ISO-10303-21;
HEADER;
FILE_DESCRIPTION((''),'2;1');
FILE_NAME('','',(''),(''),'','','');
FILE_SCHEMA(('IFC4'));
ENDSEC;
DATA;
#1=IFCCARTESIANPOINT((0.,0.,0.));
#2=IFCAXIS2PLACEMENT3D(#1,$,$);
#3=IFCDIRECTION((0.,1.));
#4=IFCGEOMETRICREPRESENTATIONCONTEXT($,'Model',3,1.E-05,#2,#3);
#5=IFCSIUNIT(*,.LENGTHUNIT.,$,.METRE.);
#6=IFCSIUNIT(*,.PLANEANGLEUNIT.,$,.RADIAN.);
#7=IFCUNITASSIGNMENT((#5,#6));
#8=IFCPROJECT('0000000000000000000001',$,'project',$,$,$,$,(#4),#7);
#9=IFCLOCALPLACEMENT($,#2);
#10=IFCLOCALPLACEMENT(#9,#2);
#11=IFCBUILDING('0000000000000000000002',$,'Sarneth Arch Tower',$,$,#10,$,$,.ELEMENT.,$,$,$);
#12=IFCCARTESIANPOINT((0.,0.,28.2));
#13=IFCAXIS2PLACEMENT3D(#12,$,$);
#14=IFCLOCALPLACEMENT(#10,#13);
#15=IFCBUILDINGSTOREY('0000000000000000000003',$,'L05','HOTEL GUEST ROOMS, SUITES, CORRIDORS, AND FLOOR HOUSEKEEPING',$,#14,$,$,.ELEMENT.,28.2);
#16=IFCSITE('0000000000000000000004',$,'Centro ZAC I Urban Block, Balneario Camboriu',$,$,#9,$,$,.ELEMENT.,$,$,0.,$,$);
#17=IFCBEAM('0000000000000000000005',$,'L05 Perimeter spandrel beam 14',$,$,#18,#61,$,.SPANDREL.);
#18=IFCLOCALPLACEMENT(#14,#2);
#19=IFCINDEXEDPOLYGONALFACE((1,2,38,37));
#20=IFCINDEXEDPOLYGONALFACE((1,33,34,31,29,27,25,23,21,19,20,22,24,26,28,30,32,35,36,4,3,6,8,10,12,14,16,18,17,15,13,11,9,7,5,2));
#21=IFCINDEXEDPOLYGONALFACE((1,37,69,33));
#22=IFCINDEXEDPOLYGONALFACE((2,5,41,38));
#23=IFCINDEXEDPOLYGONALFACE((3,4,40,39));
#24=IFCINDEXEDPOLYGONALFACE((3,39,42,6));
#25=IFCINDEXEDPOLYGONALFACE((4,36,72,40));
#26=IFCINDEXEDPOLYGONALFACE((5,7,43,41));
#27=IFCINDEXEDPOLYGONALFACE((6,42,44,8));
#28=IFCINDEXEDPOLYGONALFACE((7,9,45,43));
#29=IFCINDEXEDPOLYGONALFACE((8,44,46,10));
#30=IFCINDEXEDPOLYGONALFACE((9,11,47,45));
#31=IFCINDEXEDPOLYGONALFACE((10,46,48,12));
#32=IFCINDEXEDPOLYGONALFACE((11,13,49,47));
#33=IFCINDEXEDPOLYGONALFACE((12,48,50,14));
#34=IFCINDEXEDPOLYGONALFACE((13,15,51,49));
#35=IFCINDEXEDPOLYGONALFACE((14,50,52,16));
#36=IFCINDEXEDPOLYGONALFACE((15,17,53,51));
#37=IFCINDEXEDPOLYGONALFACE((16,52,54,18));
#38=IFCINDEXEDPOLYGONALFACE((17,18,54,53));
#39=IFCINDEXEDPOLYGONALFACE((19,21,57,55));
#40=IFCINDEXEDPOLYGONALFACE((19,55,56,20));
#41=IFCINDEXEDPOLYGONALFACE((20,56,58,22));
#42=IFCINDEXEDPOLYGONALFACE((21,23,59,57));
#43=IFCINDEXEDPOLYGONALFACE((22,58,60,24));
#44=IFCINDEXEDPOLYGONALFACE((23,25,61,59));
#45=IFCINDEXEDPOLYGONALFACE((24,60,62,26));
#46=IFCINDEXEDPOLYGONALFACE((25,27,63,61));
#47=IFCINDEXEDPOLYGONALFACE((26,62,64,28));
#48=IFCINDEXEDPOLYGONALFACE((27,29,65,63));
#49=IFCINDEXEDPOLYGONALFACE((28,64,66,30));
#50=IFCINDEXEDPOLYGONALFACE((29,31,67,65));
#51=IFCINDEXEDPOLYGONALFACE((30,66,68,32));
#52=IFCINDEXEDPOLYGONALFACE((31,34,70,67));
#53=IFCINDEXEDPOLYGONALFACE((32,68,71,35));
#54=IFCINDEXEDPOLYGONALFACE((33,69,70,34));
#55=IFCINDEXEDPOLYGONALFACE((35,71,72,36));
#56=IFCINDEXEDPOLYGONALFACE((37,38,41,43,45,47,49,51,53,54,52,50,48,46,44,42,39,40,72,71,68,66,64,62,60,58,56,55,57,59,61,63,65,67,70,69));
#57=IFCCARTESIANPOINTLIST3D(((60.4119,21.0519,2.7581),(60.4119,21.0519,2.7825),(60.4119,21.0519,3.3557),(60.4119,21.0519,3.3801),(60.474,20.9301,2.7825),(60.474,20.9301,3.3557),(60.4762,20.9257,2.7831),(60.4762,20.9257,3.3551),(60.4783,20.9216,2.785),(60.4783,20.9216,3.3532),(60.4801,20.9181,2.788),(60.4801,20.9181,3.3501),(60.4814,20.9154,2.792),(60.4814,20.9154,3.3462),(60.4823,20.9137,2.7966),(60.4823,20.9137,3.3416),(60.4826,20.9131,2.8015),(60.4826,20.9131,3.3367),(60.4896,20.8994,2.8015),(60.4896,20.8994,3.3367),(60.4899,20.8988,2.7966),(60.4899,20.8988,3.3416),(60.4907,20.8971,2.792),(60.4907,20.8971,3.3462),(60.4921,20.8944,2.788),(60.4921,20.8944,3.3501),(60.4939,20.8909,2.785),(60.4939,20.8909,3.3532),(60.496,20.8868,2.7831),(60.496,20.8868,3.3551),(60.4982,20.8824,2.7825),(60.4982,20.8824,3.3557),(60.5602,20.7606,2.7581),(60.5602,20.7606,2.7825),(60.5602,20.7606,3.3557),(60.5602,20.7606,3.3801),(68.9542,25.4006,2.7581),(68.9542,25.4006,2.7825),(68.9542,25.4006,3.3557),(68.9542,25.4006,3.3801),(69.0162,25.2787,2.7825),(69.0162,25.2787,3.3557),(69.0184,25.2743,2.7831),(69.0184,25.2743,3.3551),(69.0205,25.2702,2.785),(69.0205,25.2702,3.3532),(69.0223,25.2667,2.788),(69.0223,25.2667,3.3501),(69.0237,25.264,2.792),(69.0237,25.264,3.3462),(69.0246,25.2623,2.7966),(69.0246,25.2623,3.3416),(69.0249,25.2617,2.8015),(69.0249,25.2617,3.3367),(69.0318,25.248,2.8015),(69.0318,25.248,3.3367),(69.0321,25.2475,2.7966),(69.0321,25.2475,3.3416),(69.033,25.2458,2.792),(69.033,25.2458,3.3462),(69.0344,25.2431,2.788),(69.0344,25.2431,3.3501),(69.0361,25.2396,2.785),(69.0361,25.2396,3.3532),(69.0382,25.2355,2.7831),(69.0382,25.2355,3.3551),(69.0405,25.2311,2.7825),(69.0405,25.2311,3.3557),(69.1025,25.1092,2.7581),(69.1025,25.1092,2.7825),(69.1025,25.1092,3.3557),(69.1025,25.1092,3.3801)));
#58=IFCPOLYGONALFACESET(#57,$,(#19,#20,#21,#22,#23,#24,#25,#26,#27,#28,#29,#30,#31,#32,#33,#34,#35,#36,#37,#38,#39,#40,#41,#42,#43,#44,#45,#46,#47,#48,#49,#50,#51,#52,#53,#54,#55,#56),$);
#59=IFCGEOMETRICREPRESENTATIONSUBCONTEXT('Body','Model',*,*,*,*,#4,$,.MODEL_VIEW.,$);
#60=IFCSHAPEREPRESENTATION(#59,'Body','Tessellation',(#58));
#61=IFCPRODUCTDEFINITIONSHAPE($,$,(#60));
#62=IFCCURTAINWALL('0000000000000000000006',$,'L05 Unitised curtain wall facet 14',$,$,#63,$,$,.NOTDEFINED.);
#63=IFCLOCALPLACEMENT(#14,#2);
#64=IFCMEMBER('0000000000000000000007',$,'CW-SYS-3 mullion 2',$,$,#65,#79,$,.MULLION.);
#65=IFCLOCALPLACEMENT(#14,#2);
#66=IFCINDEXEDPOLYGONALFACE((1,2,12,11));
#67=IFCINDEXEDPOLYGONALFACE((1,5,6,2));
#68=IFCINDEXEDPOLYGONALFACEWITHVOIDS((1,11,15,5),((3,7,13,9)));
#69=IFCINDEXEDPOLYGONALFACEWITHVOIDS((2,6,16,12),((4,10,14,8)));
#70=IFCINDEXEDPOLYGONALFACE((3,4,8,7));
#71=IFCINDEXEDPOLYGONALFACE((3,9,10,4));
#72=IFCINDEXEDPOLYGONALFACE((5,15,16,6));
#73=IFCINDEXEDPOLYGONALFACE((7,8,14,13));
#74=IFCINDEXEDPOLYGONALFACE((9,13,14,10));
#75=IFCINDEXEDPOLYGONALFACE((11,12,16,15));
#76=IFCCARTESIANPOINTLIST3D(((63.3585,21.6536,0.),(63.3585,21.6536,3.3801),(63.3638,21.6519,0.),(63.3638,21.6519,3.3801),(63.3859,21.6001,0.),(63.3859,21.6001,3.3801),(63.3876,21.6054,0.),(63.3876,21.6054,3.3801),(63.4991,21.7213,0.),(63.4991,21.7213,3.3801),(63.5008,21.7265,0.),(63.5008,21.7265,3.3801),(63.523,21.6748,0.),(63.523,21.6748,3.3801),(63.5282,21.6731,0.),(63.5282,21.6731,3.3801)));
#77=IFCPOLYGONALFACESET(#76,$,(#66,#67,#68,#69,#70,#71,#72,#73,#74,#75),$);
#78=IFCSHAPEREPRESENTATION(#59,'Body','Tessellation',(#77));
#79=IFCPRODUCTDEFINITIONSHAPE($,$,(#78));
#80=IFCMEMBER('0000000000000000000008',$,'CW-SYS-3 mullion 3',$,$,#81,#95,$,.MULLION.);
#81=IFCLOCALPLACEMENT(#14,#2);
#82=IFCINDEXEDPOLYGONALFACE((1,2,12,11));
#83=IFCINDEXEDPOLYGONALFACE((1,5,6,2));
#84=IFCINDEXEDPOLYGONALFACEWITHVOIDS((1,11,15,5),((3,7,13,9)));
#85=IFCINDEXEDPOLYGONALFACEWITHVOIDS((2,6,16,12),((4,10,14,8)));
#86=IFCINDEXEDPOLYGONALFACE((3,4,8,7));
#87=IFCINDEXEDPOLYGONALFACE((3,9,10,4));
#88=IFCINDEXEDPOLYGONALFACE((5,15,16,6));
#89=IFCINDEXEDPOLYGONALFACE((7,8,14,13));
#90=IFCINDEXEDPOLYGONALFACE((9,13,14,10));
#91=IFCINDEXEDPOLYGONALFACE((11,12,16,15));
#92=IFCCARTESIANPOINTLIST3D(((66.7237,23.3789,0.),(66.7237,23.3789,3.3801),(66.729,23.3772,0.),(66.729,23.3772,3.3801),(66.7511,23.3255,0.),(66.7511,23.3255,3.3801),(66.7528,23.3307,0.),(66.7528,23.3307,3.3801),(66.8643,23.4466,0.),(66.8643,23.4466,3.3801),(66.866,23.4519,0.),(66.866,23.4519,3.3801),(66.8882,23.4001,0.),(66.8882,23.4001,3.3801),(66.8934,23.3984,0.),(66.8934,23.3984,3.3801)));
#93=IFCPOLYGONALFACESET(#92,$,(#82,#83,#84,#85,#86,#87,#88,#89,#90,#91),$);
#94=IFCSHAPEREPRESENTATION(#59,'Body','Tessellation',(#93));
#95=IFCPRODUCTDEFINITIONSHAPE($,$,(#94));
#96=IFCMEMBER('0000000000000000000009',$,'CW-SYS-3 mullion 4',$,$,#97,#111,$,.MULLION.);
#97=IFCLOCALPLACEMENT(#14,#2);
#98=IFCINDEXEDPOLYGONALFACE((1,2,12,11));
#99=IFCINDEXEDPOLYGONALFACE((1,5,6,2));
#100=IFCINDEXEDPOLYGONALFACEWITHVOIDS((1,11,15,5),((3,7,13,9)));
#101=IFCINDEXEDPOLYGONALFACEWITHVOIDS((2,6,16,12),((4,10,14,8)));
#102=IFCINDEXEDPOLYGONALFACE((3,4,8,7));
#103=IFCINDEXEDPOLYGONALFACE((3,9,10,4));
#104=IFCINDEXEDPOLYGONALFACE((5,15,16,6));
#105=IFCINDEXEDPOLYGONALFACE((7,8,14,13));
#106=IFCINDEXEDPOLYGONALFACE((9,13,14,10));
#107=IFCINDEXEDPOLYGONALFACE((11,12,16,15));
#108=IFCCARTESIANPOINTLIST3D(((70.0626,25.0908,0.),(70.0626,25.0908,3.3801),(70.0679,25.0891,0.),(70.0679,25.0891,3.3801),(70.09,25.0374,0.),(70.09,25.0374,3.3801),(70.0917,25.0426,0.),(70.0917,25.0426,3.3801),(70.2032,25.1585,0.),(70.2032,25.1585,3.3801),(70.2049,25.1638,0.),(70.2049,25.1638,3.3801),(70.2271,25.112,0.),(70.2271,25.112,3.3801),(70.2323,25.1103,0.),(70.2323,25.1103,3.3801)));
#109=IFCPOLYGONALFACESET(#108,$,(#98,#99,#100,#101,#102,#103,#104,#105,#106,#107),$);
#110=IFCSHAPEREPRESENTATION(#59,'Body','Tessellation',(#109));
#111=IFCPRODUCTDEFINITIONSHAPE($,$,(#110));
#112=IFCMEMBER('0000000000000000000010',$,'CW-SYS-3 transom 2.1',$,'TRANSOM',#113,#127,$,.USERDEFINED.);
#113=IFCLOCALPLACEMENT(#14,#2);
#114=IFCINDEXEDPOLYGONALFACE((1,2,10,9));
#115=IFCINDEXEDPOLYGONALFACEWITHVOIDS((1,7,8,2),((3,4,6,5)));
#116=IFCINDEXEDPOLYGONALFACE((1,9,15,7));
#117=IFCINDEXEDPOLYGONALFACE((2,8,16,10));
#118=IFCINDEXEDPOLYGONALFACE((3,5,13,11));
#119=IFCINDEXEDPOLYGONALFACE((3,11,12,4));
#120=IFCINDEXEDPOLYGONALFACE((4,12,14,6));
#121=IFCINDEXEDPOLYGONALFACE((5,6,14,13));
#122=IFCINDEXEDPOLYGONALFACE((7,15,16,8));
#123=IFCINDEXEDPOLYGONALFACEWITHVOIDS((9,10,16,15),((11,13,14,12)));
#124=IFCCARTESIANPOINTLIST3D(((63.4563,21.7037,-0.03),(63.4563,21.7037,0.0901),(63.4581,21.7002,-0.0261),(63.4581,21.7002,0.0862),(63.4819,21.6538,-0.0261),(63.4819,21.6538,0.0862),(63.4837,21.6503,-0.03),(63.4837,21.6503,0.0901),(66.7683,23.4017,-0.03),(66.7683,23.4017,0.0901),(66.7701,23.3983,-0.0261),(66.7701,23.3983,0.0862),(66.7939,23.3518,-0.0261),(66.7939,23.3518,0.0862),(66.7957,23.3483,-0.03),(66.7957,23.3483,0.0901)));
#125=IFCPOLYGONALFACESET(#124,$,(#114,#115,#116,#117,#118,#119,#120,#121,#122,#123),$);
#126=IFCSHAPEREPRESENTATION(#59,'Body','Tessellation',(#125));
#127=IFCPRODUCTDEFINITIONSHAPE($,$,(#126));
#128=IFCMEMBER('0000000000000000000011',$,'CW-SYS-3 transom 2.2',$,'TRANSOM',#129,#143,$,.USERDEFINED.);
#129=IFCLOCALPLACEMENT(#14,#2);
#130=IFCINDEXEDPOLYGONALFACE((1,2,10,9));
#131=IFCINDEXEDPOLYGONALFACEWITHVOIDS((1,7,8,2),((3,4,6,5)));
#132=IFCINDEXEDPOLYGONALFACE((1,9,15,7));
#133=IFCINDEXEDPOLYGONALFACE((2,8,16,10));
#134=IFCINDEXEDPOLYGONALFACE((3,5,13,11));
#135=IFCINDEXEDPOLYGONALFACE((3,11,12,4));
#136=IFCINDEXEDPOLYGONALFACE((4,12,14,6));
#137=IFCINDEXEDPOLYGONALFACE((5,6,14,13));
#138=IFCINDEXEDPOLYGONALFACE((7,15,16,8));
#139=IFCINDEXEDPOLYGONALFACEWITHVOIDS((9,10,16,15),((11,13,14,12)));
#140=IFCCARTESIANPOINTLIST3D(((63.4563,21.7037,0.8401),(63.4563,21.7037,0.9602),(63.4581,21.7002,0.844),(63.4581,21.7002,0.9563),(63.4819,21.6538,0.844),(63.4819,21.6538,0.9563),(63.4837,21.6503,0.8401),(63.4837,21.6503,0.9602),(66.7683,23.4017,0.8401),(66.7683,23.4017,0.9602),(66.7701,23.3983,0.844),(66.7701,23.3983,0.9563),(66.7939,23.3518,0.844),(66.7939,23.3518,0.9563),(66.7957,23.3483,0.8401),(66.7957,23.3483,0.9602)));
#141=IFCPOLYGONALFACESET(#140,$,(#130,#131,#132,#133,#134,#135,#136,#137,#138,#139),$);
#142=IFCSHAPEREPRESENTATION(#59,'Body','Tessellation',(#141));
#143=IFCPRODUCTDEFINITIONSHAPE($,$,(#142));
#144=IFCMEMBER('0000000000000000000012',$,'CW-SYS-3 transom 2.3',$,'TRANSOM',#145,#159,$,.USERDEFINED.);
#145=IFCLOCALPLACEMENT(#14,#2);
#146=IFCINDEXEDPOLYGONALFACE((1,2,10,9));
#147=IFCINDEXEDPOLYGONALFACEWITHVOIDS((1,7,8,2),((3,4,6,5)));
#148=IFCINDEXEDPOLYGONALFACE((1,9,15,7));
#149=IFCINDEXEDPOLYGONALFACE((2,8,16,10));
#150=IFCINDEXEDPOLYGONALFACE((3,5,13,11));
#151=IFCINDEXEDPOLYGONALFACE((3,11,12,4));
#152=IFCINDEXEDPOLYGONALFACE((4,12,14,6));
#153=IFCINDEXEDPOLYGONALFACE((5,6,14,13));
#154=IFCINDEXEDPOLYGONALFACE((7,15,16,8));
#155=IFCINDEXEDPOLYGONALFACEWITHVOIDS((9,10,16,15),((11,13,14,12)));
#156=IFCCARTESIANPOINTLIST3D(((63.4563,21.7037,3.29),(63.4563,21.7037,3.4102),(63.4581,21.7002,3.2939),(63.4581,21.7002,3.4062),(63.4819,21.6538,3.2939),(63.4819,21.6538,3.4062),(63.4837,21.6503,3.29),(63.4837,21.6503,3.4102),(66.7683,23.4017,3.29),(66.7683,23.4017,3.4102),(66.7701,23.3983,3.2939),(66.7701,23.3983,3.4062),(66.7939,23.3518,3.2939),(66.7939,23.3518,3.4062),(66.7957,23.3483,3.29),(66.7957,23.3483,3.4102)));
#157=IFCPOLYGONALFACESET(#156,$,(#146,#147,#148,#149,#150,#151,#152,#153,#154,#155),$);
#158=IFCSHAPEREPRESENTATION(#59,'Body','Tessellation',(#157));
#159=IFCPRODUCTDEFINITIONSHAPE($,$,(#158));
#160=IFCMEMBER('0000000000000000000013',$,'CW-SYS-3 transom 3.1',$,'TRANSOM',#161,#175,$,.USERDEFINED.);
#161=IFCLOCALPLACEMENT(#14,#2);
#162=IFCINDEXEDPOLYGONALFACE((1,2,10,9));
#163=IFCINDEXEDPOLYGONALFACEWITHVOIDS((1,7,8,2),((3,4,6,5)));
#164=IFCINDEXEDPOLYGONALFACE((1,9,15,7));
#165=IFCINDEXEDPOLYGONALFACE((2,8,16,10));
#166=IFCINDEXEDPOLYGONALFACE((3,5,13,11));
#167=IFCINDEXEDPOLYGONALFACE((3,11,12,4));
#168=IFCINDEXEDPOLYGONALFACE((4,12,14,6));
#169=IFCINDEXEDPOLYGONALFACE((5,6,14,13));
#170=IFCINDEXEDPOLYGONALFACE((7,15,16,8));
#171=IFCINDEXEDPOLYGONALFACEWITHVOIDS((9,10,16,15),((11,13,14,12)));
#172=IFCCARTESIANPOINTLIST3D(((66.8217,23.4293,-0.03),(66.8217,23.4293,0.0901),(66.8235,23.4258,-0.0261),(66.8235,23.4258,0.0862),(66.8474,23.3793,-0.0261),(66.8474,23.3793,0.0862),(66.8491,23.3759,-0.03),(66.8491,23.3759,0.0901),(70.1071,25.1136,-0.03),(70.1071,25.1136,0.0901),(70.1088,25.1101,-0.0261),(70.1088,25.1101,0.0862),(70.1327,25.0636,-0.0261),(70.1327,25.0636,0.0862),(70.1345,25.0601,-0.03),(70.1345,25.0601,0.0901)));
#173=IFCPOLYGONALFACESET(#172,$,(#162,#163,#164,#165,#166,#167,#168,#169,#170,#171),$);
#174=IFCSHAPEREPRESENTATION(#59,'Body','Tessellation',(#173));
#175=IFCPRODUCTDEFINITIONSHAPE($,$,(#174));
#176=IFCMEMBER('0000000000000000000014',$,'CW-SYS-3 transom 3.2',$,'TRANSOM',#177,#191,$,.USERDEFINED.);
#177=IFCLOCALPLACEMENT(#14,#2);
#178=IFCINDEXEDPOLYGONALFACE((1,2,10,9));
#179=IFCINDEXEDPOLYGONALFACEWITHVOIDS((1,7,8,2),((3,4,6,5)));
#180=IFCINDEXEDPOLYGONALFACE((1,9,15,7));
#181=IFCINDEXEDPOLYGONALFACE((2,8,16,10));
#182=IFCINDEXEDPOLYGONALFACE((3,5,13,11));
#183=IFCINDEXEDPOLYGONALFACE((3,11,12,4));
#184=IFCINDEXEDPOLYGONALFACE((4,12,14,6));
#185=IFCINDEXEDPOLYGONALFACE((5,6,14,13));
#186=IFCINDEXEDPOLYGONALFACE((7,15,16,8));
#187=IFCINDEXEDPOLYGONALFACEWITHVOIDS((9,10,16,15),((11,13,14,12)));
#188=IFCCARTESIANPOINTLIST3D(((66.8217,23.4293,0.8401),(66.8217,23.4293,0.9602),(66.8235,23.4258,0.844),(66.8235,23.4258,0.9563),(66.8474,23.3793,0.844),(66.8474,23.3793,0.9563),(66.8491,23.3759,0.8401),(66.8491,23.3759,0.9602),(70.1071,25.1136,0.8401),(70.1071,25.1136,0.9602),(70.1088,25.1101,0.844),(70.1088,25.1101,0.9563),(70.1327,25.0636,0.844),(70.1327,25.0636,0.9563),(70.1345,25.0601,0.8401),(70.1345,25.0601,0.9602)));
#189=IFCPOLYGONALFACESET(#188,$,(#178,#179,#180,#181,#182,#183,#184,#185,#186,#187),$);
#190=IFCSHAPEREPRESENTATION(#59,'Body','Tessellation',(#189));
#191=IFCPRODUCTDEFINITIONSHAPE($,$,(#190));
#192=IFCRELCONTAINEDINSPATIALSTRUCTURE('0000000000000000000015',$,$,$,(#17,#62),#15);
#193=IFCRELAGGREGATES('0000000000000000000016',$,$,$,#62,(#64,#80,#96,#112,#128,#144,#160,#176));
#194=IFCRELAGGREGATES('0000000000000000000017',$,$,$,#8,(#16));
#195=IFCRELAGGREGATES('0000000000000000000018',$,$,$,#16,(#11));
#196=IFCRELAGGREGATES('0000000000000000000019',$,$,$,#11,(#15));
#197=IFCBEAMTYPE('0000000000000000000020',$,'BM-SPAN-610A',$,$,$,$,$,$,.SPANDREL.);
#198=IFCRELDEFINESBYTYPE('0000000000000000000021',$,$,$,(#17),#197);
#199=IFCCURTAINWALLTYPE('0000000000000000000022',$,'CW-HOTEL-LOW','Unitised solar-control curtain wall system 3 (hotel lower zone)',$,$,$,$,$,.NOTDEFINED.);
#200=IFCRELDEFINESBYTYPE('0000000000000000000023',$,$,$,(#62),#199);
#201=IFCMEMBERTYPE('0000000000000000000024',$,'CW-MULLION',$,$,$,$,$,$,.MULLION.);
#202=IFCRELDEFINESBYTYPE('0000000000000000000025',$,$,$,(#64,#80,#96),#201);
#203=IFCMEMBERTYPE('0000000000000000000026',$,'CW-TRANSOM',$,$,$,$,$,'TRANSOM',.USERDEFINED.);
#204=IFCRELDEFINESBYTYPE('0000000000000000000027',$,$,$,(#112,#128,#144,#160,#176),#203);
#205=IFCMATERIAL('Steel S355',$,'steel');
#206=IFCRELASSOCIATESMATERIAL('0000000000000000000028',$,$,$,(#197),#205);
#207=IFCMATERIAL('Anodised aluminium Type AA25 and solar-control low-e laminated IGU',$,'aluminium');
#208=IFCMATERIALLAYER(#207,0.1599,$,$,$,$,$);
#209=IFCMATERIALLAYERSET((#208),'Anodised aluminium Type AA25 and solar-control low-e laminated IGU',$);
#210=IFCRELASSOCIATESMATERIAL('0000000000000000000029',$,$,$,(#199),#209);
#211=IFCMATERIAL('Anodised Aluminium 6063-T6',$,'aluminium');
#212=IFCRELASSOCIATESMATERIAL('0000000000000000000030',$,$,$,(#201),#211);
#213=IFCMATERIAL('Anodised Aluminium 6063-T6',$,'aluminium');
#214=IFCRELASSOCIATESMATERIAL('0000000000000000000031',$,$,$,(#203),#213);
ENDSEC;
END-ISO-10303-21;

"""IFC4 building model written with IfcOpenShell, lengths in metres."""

from ifc_helpers import new_model, si_unit, direction, frame, origin, origin_2d, place, context, subcontext, project, spatial, hollow_rectangle, i_section, extrude, material, layer, layer_set, material_profile, profile_set, type_object, element, aggregate, save


model = new_model("IFC4")

# Units and contexts
model_context = context("Model", 3, precision=1e-05, world=origin(), true_north=direction((0.0, 1.0)))
body_context = subcontext(model_context, "Body", "Model", "MODEL_VIEW")
ifc_project = project(units=[si_unit("LENGTHUNIT", "METRE"), si_unit("PLANEANGLEUNIT", "RADIAN")], contexts=[model_context])

# Site, building, storey
site_placement = place(None, origin())
site = spatial("IfcSite", under=ifc_project, at=site_placement, Name="Centro ZAC I Urban Block, Balneario Camboriu", CompositionType="ELEMENT", RefElevation=0.0)
building_placement = place(site_placement, origin())
building = spatial("IfcBuilding", under=site, at=building_placement, Name="Sarneth Arch Tower", CompositionType="ELEMENT")
storey_placement = place(building_placement, frame((0.0, 0.0, 28.2)))
storey = spatial("IfcBuildingStorey", under=building, at=storey_placement, Name="L05", Description="HOTEL GUEST ROOMS, SUITES, CORRIDORS, AND FLOOR HOUSEKEEPING", CompositionType="ELEMENT", Elevation=28.2)

# Beam
ifc_material_1 = material(Name="Steel S355", Category="steel")
ifc_material_profile_1 = material_profile(ifc_material_1, i_section(OverallWidth=0.3269, OverallDepth=0.6221, WebThickness=0.0154, FlangeThickness=0.0244, FilletRadius=0.019, at=origin_2d()), Name="W610x195")
ifc_profile_set_1 = profile_set([ifc_material_profile_1], Name="Steel S355")
beam_type = type_object("IfcBeamType", Name="BM-SPAN-610A", PredefinedType="SPANDREL", material=ifc_profile_set_1)
beam_placement = place(storey_placement, frame((60.4861, 20.9062, 3.0691), z_axis=(0.891169, 0.453671, 0.0), x_axis=(-0.453671, 0.891169, 0.0)))
element("IfcBeam", 1, at=beam_placement, inside=storey, type_object=beam_type, Name="L05 Perimeter spandrel beam 14", PredefinedType="SPANDREL", context=body_context, shape_type="SweptSolid", body=[
    extrude(i_section(OverallWidth=0.3269, OverallDepth=0.6221, WebThickness=0.0154, FlangeThickness=0.0244, FilletRadius=0.019, at=origin_2d()), origin(), (0.0, 0.0, 1.0), 9.5854),
])

# Curtain wall, members
ifc_material_2 = material(Name="Anodised aluminium Type AA25 and solar-control low-e laminated IGU", Category="aluminium")
ifc_layer_1 = layer(ifc_material_2, 0.1599)
ifc_layer_set_1 = layer_set([ifc_layer_1], Name="Anodised aluminium Type AA25 and solar-control low-e laminated IGU")
curtain_wall_type = type_object("IfcCurtainWallType", Name="CW-HOTEL-LOW", Description="Unitised solar-control curtain wall system 3 (hotel lower zone)", PredefinedType="NOTDEFINED", material=ifc_layer_set_1)
curtain_wall_placement = place(storey_placement, origin())
curtain_wall = element("IfcCurtainWall", 2, at=curtain_wall_placement, inside=storey, type_object=curtain_wall_type, Name="L05 Unitised curtain wall facet 14", PredefinedType="NOTDEFINED")
ifc_material_3 = material(Name="Anodised Aluminium 6063-T6", Category="aluminium")
ifc_material_profile_2 = material_profile(ifc_material_3, hollow_rectangle(XDim=0.0601, YDim=0.1599, WallThickness=0.0039, at=origin_2d()), Name="AL-MULL-160x60x4")
ifc_profile_set_2 = profile_set([ifc_material_profile_2], Name="Anodised Aluminium 6063-T6")
member_type_1 = type_object("IfcMemberType", Name="CW-MULLION", PredefinedType="MULLION", material=ifc_profile_set_2)
member_1_placement = place(storey_placement, frame((63.4434, 21.6633, 0.0), z_axis=(0.0, 0.0, 1.0), x_axis=(-0.456245, 0.889854, 0.0)))
member_1 = element("IfcMember", 3, at=member_1_placement, type_object=member_type_1, Name="CW-SYS-3 mullion 2", PredefinedType="MULLION", context=body_context, shape_type="SweptSolid", body=[
    extrude(hollow_rectangle(XDim=0.0601, YDim=0.1599, WallThickness=0.0039, at=origin_2d()), origin(), (0.0, 0.0, 1.0), 3.3801),
])
member_2_placement = place(storey_placement, frame((66.8086, 23.3887, 0.0), z_axis=(0.0, 0.0, 1.0), x_axis=(-0.456245, 0.889854, 0.0)))
member_2 = element("IfcMember", 4, at=member_2_placement, type_object=member_type_1, Name="CW-SYS-3 mullion 3", PredefinedType="MULLION", context=body_context, shape_type="SweptSolid", body=[
    extrude(hollow_rectangle(XDim=0.0601, YDim=0.1599, WallThickness=0.0039, at=origin_2d()), origin(), (0.0, 0.0, 1.0), 3.3801),
])
member_3_placement = place(storey_placement, frame((70.1475, 25.1006, 0.0), z_axis=(0.0, 0.0, 1.0), x_axis=(-0.456245, 0.889854, 0.0)))
member_3 = element("IfcMember", 5, at=member_3_placement, type_object=member_type_1, Name="CW-SYS-3 mullion 4", PredefinedType="MULLION", context=body_context, shape_type="SweptSolid", body=[
    extrude(hollow_rectangle(XDim=0.0601, YDim=0.1599, WallThickness=0.0039, at=origin_2d()), origin(), (0.0, 0.0, 1.0), 3.3801),
])
ifc_material_4 = material(Name="Anodised Aluminium 6063-T6", Category="aluminium")
ifc_material_profile_3 = material_profile(ifc_material_4, hollow_rectangle(XDim=0.0601, YDim=0.1201, WallThickness=0.0039, at=origin_2d()), Name="AL-TRAN-120x60x4")
ifc_profile_set_3 = profile_set([ifc_material_profile_3], Name="Anodised Aluminium 6063-T6")
member_type_2 = type_object("IfcMemberType", Name="CW-TRANSOM", ElementType="TRANSOM", PredefinedType="USERDEFINED", material=ifc_profile_set_3)
member_4_placement = place(storey_placement, frame((63.47, 21.677, 0.03), z_axis=(0.889869, 0.456217, 0.0), x_axis=(-0.456217, 0.889869, 0.0)))
member_4 = element("IfcMember", 6, at=member_4_placement, type_object=member_type_2, Name="CW-SYS-3 transom 2.1", ObjectType="TRANSOM", PredefinedType="USERDEFINED", context=body_context, shape_type="SweptSolid", body=[
    extrude(hollow_rectangle(XDim=0.0601, YDim=0.1201, WallThickness=0.0039, at=origin_2d()), origin(), (0.0, 0.0, 1.0), 3.7219),
])
member_5_placement = place(storey_placement, frame((63.47, 21.677, 0.9001), z_axis=(0.889869, 0.456217, 0.0), x_axis=(-0.456217, 0.889869, 0.0)))
member_5 = element("IfcMember", 7, at=member_5_placement, type_object=member_type_2, Name="CW-SYS-3 transom 2.2", ObjectType="TRANSOM", PredefinedType="USERDEFINED", context=body_context, shape_type="SweptSolid", body=[
    extrude(hollow_rectangle(XDim=0.0601, YDim=0.1201, WallThickness=0.0039, at=origin_2d()), origin(), (0.0, 0.0, 1.0), 3.7219),
])
member_6_placement = place(storey_placement, frame((63.47, 21.677, 3.3501), z_axis=(0.889869, 0.456217, 0.0), x_axis=(-0.456217, 0.889869, 0.0)))
member_6 = element("IfcMember", 8, at=member_6_placement, type_object=member_type_2, Name="CW-SYS-3 transom 2.3", ObjectType="TRANSOM", PredefinedType="USERDEFINED", context=body_context, shape_type="SweptSolid", body=[
    extrude(hollow_rectangle(XDim=0.0601, YDim=0.1201, WallThickness=0.0039, at=origin_2d()), origin(), (0.0, 0.0, 1.0), 3.7219),
])
member_7_placement = place(storey_placement, frame((66.8354, 23.4026, 0.03), z_axis=(0.889872, 0.456211, 0.0), x_axis=(-0.456211, 0.889872, 0.0)))
member_7 = element("IfcMember", 9, at=member_7_placement, type_object=member_type_2, Name="CW-SYS-3 transom 3.1", ObjectType="TRANSOM", PredefinedType="USERDEFINED", context=body_context, shape_type="SweptSolid", body=[
    extrude(hollow_rectangle(XDim=0.0601, YDim=0.1201, WallThickness=0.0039, at=origin_2d()), origin(), (0.0, 0.0, 1.0), 3.6919),
])
member_8_placement = place(storey_placement, frame((66.8354, 23.4026, 0.9001), z_axis=(0.889872, 0.456211, 0.0), x_axis=(-0.456211, 0.889872, 0.0)))
member_8 = element("IfcMember", 10, at=member_8_placement, type_object=member_type_2, Name="CW-SYS-3 transom 3.2", ObjectType="TRANSOM", PredefinedType="USERDEFINED", context=body_context, shape_type="SweptSolid", body=[
    extrude(hollow_rectangle(XDim=0.0601, YDim=0.1201, WallThickness=0.0039, at=origin_2d()), origin(), (0.0, 0.0, 1.0), 3.6919),
])
aggregate(curtain_wall, [member_1, member_2, member_3, member_4, member_5, member_6, member_7, member_8])

save(model, "model.ifc")
